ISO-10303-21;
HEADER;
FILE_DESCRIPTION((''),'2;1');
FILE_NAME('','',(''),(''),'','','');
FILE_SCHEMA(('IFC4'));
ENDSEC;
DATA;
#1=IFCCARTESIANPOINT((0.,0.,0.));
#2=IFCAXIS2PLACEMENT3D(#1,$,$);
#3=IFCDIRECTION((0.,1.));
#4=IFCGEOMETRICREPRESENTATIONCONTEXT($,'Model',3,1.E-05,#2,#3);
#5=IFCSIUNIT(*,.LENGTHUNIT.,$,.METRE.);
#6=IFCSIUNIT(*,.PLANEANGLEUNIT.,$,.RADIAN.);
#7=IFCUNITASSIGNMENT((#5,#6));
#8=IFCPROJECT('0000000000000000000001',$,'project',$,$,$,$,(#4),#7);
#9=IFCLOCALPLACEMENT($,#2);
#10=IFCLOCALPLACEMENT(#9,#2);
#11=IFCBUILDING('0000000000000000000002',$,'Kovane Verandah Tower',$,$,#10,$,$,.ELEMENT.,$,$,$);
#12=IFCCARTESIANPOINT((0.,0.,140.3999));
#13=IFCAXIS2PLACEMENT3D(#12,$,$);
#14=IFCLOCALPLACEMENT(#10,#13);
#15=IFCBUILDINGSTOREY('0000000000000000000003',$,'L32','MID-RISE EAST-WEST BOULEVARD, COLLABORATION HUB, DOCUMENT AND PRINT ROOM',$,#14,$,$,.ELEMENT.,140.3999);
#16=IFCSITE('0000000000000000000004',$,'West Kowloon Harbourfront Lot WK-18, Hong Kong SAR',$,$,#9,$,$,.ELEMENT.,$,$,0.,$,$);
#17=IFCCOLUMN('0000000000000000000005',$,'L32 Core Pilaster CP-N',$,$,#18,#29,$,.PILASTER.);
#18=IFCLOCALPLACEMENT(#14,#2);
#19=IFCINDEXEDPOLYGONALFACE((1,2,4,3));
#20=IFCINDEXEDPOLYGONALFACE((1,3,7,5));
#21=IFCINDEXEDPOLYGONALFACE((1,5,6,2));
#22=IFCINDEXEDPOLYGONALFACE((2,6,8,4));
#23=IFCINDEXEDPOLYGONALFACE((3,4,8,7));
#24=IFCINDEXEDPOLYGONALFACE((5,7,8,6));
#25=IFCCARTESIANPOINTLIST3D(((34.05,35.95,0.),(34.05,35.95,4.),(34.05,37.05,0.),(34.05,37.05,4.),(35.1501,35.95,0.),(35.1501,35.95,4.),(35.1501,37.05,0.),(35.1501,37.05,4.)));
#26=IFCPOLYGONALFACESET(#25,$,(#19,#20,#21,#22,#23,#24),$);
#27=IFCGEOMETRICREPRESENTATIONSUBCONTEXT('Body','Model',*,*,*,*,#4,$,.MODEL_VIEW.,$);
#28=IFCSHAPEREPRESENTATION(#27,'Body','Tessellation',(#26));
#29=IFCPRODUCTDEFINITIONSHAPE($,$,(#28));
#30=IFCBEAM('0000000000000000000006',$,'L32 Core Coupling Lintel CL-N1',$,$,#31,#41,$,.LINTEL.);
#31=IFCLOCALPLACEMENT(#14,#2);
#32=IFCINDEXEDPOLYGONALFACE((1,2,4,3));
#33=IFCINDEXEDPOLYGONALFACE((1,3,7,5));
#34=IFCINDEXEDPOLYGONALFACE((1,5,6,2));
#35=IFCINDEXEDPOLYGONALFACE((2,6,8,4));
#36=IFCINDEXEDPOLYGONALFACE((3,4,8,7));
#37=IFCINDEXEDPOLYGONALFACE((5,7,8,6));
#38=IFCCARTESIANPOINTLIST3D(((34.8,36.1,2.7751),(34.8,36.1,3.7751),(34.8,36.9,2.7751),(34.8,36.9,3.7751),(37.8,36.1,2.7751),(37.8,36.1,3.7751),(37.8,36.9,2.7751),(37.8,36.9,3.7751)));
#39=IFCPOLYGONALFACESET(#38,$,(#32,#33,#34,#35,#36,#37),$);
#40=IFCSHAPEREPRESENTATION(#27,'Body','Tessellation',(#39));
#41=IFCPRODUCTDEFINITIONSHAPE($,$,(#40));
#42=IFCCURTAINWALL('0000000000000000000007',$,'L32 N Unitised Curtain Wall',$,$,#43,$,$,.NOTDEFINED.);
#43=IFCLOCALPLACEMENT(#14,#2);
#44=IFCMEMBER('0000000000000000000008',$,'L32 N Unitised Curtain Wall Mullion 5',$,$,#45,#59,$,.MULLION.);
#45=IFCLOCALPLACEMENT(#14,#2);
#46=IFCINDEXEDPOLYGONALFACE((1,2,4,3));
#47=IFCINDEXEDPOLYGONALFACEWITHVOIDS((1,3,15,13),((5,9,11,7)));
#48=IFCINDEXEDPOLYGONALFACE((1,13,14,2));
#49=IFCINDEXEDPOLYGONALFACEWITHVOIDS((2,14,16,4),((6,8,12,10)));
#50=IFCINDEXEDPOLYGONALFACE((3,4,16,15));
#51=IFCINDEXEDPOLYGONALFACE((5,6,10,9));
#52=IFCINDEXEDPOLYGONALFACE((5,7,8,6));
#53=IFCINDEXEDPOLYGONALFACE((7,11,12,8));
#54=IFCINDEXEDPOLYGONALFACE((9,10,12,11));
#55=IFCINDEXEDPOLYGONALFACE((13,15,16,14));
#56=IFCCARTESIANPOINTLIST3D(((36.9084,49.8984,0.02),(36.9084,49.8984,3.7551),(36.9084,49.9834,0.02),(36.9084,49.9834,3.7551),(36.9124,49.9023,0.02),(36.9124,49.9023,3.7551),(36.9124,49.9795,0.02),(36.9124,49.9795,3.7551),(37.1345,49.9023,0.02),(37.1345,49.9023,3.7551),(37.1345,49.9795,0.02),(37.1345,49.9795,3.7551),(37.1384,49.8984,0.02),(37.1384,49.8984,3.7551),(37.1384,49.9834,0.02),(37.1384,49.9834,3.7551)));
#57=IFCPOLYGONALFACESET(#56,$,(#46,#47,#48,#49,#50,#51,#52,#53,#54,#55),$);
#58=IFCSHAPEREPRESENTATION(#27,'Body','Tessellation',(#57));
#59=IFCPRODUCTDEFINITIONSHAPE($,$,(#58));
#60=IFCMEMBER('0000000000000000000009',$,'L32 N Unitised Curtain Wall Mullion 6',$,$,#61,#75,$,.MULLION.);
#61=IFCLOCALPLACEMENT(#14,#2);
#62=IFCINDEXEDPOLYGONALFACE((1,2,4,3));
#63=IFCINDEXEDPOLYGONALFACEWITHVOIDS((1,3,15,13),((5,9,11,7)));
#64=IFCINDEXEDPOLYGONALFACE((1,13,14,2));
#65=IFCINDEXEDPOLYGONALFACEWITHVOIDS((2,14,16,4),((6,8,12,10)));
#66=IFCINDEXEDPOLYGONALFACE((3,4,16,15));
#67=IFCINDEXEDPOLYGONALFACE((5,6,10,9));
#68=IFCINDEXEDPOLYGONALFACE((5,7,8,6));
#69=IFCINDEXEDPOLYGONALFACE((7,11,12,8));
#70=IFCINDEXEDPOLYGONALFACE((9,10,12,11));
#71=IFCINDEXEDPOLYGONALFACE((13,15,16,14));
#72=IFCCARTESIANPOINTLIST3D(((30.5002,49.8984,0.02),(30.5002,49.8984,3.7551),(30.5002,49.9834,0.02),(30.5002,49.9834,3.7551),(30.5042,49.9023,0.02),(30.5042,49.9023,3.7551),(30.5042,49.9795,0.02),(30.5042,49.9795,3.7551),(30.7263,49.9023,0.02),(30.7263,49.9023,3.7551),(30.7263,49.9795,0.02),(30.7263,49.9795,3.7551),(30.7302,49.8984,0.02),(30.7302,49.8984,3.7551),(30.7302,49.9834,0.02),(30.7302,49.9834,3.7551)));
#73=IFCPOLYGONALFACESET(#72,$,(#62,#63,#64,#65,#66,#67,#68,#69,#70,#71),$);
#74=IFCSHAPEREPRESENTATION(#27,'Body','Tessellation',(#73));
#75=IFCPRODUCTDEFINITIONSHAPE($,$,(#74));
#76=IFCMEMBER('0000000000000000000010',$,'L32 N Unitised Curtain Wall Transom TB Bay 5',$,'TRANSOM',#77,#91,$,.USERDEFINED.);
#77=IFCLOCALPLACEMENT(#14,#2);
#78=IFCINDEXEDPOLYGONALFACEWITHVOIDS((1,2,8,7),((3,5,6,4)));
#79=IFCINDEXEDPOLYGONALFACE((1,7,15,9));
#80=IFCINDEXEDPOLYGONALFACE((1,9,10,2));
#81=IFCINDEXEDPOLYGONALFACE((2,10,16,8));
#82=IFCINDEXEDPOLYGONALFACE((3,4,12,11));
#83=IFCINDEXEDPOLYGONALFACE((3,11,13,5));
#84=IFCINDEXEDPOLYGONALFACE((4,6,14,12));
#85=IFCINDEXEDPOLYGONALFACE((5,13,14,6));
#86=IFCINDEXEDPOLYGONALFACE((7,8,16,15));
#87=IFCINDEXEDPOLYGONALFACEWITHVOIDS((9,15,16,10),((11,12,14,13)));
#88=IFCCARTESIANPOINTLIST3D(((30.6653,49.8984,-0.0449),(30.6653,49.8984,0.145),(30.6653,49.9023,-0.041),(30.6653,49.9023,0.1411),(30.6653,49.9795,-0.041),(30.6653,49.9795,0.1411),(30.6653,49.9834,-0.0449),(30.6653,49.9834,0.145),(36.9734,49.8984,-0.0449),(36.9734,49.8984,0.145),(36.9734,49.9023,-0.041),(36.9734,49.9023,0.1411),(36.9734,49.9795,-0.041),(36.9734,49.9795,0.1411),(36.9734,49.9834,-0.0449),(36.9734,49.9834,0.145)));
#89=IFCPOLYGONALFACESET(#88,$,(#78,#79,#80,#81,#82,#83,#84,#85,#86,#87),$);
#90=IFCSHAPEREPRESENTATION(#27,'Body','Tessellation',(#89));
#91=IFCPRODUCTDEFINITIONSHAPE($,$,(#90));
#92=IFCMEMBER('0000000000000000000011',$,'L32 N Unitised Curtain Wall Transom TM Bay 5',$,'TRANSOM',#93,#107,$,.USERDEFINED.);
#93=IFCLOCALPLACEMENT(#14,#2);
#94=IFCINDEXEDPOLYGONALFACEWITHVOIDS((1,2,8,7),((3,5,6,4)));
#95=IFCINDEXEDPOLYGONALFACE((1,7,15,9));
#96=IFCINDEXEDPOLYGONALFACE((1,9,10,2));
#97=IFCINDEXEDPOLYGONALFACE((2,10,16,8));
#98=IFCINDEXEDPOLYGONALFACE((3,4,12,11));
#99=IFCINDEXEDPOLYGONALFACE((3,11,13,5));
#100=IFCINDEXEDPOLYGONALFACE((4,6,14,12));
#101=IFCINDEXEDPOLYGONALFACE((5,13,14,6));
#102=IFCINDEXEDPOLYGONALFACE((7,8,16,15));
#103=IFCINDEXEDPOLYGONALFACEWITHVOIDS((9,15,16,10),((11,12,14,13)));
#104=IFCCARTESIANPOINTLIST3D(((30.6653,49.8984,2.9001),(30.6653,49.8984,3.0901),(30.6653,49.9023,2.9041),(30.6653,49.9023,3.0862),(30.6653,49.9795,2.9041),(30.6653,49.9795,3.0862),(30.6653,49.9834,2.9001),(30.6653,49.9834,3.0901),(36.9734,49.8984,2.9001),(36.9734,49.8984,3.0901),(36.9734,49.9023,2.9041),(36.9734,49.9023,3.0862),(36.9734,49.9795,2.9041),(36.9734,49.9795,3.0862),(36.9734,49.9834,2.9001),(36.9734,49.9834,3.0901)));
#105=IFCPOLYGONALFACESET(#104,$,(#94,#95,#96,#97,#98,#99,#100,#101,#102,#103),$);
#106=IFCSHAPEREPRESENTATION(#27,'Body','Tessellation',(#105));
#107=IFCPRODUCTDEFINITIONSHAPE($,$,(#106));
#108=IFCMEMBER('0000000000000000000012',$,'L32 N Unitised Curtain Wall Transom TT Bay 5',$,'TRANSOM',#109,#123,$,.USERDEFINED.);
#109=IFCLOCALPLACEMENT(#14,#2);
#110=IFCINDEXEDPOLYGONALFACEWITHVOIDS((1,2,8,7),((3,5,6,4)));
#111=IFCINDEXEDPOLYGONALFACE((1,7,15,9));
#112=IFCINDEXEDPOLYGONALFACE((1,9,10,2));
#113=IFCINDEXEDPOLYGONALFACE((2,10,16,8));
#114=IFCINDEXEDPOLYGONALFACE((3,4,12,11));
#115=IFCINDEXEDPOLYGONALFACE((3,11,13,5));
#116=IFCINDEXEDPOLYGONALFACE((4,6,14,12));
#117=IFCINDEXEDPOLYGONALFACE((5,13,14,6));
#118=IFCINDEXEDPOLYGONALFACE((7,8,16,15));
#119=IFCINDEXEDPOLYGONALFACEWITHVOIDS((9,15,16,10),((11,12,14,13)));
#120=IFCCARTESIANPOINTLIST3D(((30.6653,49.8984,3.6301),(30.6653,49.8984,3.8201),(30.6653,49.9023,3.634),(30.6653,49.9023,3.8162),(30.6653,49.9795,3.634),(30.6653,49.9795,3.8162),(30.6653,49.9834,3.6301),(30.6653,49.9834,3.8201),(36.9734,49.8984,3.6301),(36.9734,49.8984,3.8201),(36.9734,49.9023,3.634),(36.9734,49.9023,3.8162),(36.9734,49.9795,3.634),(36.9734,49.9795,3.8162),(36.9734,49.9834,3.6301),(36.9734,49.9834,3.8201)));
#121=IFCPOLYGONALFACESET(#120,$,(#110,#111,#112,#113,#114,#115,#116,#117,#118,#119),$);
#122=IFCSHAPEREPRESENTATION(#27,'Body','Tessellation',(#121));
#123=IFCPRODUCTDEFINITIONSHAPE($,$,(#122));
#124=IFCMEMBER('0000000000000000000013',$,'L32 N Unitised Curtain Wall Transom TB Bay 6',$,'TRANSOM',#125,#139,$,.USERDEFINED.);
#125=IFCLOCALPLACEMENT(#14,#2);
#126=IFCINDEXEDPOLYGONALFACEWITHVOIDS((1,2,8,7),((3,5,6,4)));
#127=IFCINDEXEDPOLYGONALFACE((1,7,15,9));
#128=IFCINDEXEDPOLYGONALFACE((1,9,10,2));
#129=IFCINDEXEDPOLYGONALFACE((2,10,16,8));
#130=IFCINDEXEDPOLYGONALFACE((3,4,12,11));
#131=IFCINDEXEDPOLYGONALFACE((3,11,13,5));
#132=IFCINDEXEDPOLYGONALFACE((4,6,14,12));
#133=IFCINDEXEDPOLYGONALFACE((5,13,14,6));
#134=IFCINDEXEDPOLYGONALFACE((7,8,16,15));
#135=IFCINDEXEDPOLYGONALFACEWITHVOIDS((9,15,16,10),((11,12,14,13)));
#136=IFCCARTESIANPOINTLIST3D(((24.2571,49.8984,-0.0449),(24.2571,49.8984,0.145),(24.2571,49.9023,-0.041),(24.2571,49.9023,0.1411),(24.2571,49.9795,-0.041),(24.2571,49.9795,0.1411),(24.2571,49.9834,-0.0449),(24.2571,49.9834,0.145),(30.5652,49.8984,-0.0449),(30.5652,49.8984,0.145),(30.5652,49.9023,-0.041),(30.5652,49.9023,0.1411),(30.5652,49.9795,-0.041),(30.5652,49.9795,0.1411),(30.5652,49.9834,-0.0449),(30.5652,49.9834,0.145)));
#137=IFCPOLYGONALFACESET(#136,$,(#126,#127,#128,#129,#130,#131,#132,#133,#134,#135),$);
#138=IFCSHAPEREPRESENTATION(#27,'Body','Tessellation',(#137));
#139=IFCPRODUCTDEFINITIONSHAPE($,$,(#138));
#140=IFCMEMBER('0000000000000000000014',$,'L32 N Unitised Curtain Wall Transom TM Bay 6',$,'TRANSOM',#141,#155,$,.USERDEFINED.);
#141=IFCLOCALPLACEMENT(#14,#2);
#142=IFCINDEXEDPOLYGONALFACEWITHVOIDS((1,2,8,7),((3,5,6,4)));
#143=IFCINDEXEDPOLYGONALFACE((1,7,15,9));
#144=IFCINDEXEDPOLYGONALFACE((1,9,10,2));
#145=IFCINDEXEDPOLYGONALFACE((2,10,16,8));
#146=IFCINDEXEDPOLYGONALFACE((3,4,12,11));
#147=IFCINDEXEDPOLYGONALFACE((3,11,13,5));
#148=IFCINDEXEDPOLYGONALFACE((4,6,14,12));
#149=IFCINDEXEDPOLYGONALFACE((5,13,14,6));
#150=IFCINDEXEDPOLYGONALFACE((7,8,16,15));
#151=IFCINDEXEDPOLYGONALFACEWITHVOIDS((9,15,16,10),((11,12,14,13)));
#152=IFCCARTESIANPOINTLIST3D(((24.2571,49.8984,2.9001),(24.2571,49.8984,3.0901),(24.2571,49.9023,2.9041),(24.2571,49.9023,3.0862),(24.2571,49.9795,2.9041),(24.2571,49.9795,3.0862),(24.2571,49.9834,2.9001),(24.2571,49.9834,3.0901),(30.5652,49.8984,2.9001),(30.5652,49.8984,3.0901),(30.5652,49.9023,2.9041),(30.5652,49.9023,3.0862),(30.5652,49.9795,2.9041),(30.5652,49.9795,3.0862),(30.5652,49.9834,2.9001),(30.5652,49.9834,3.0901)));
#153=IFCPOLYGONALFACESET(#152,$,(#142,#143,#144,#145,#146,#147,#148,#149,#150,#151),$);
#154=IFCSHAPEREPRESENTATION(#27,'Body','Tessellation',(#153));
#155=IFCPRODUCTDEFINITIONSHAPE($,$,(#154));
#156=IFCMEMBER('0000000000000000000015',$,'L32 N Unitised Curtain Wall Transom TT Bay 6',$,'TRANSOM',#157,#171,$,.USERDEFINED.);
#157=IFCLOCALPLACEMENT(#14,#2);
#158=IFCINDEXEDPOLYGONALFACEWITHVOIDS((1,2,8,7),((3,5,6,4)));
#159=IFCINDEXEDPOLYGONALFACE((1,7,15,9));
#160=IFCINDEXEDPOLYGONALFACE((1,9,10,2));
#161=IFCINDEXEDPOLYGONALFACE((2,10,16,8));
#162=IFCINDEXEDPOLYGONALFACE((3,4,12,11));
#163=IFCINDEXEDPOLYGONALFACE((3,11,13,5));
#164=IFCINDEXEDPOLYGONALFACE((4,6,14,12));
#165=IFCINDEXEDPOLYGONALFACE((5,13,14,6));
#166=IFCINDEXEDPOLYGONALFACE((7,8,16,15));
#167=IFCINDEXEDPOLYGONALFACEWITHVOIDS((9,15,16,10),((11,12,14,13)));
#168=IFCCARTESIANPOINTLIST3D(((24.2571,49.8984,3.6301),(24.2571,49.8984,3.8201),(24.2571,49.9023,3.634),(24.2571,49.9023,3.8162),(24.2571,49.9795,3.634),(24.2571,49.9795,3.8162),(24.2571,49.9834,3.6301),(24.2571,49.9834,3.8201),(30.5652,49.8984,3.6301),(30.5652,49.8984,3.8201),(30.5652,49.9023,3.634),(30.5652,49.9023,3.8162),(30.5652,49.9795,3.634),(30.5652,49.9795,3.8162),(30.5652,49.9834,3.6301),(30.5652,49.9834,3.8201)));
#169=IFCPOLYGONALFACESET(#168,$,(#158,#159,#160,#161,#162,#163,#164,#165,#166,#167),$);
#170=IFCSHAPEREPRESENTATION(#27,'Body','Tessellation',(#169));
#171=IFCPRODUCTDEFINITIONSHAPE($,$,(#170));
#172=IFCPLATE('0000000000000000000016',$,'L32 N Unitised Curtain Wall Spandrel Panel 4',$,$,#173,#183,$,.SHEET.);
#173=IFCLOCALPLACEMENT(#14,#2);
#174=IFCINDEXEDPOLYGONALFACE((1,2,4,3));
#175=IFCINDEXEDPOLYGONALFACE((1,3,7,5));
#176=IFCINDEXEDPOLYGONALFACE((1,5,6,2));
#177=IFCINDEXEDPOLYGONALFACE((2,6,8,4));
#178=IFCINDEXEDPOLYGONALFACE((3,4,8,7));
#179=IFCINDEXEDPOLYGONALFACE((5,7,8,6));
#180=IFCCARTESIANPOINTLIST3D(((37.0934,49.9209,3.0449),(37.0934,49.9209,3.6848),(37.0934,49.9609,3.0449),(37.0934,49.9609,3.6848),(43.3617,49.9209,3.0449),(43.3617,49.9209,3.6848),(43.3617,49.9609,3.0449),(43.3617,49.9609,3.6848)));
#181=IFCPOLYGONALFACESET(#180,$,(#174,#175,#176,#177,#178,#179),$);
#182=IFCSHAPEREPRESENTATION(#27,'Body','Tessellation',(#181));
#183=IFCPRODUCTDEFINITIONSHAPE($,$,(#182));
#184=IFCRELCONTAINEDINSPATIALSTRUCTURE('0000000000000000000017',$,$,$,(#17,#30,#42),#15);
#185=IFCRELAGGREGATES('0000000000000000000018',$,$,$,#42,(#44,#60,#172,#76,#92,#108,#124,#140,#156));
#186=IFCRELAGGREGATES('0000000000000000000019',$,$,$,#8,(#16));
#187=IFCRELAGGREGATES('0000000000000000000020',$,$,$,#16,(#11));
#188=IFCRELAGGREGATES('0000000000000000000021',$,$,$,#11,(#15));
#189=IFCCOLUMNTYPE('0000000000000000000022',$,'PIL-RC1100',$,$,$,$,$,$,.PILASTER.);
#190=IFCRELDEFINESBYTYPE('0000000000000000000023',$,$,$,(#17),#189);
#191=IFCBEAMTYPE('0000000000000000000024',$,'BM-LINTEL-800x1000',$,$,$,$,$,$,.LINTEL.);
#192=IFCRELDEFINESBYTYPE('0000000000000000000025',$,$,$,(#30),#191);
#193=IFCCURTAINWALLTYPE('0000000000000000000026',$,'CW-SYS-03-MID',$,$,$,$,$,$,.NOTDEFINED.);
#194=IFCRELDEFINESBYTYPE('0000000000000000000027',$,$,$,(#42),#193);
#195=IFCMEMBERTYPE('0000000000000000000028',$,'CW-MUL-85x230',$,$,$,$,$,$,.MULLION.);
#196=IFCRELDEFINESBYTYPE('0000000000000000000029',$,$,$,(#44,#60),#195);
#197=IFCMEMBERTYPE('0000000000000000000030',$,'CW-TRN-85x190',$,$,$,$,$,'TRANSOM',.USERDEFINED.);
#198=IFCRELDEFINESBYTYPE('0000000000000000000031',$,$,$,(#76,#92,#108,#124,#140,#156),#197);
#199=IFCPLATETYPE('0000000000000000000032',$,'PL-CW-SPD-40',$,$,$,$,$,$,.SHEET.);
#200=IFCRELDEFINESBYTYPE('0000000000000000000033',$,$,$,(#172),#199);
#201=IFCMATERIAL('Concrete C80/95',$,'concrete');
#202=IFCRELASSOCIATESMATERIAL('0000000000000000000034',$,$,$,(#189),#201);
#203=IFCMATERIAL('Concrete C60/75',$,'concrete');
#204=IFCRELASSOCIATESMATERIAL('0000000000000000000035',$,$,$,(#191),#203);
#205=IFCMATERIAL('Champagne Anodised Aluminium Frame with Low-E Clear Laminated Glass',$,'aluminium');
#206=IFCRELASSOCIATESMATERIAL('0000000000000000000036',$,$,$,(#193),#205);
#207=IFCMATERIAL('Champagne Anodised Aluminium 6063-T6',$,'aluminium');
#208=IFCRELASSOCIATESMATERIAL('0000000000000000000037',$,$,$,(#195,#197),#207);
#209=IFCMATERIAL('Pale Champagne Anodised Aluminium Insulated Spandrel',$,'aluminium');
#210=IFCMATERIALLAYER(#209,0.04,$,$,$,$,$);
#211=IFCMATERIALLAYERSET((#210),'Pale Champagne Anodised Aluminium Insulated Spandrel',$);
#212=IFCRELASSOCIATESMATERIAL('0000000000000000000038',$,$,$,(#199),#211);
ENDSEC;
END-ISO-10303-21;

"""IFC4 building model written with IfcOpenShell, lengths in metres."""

from ifc_helpers import new_model, si_unit, direction, frame, origin, origin_2d, place, context, subcontext, project, spatial, rectangle, hollow_rectangle, extrude, material, layer, layer_set, material_profile, profile_set, type_object, element, aggregate, save


model = new_model("IFC4")

# Units and contexts
model_context = context("Model", 3, precision=1e-05, world=origin(), true_north=direction((0.0, 1.0)))
body_context = subcontext(model_context, "Body", "Model", "MODEL_VIEW")
ifc_project = project(units=[si_unit("LENGTHUNIT", "METRE"), si_unit("PLANEANGLEUNIT", "RADIAN")], contexts=[model_context])

# Site, building, storey
site_placement = place(None, origin())
site = spatial("IfcSite", under=ifc_project, at=site_placement, Name="West Kowloon Harbourfront Lot WK-18, Hong Kong SAR", CompositionType="ELEMENT", RefElevation=0.0)
building_placement = place(site_placement, origin())
building = spatial("IfcBuilding", under=site, at=building_placement, Name="Kovane Verandah Tower", CompositionType="ELEMENT")
storey_placement = place(building_placement, frame((0.0, 0.0, 140.3999)))
storey = spatial("IfcBuildingStorey", under=building, at=storey_placement, Name="L32", Description="MID-RISE EAST-WEST BOULEVARD, COLLABORATION HUB, DOCUMENT AND PRINT ROOM", CompositionType="ELEMENT", Elevation=140.3999)

# Column
ifc_material_1 = material(Name="Concrete C80/95", Category="concrete")
ifc_material_profile_1 = material_profile(ifc_material_1, rectangle(XDim=1.1001, YDim=1.1001, at=origin_2d()), Name="RC1100x1100")
ifc_profile_set_1 = profile_set([ifc_material_profile_1], Name="Concrete C80/95")
column_type = type_object("IfcColumnType", Name="PIL-RC1100", PredefinedType="PILASTER", material=ifc_profile_set_1)
column_placement = place(storey_placement, frame((34.6001, 36.5, 0.0), z_axis=(0.0, 0.0, 1.0), x_axis=(1.0, 0.0, 0.0)))
element("IfcColumn", 1, at=column_placement, inside=storey, type_object=column_type, Name="L32 Core Pilaster CP-N", PredefinedType="PILASTER", context=body_context, shape_type="SweptSolid", body=[
    extrude(rectangle(XDim=1.1001, YDim=1.1001, at=origin_2d()), origin(), (0.0, 0.0, 1.0), 4.0),
])

# Beam
ifc_material_2 = material(Name="Concrete C60/75", Category="concrete")
ifc_material_profile_2 = material_profile(ifc_material_2, rectangle(XDim=0.8, YDim=1.0, at=origin_2d()), Name="RCB800x1000")
ifc_profile_set_2 = profile_set([ifc_material_profile_2], Name="Concrete C60/75")
beam_type = type_object("IfcBeamType", Name="BM-LINTEL-800x1000", PredefinedType="LINTEL", material=ifc_profile_set_2)
beam_placement = place(storey_placement, frame((34.8, 36.5, 3.2751), z_axis=(1.0, 0.0, 0.0), x_axis=(0.0, 1.0, 0.0)))
element("IfcBeam", 2, at=beam_placement, inside=storey, type_object=beam_type, Name="L32 Core Coupling Lintel CL-N1", PredefinedType="LINTEL", context=body_context, shape_type="SweptSolid", body=[
    extrude(rectangle(XDim=0.8, YDim=1.0, at=origin_2d()), origin(), (0.0, 0.0, 1.0), 3.0),
])

# Curtain wall, members, plate
ifc_material_3 = material(Name="Champagne Anodised Aluminium Frame with Low-E Clear Laminated Glass", Category="aluminium")
curtain_wall_type = type_object("IfcCurtainWallType", Name="CW-SYS-03-MID", PredefinedType="NOTDEFINED", material=ifc_material_3)
curtain_wall_placement = place(storey_placement, origin())
curtain_wall = element("IfcCurtainWall", 3, at=curtain_wall_placement, inside=storey, type_object=curtain_wall_type, Name="L32 N Unitised Curtain Wall", PredefinedType="NOTDEFINED")
ifc_material_4 = material(Name="Champagne Anodised Aluminium 6063-T6", Category="aluminium")
ifc_material_profile_3 = material_profile(ifc_material_4, hollow_rectangle(XDim=0.085, YDim=0.23, WallThickness=0.0039, at=origin_2d()), Name="AL85x230x4")
ifc_profile_set_3 = profile_set([ifc_material_profile_3], Name="Champagne Anodised Aluminium 6063-T6")
member_type_1 = type_object("IfcMemberType", Name="CW-MUL-85x230", PredefinedType="MULLION", material=ifc_profile_set_3)
member_1_placement = place(storey_placement, frame((37.0234, 49.9409, 0.02), z_axis=(0.0, 0.0, 1.0), x_axis=(0.0, 1.0, 0.0)))
member_1 = element("IfcMember", 4, at=member_1_placement, type_object=member_type_1, Name="L32 N Unitised Curtain Wall Mullion 5", PredefinedType="MULLION", context=body_context, shape_type="SweptSolid", body=[
    extrude(hollow_rectangle(XDim=0.085, YDim=0.23, WallThickness=0.0039, at=origin_2d()), origin(), (0.0, 0.0, 1.0), 3.7351),
])
member_2_placement = place(storey_placement, frame((30.6152, 49.9409, 0.02), z_axis=(0.0, 0.0, 1.0), x_axis=(0.0, 1.0, 0.0)))
member_2 = element("IfcMember", 5, at=member_2_placement, type_object=member_type_1, Name="L32 N Unitised Curtain Wall Mullion 6", PredefinedType="MULLION", context=body_context, shape_type="SweptSolid", body=[
    extrude(hollow_rectangle(XDim=0.085, YDim=0.23, WallThickness=0.0039, at=origin_2d()), origin(), (0.0, 0.0, 1.0), 3.7351),
])
ifc_material_profile_4 = material_profile(ifc_material_4, hollow_rectangle(XDim=0.085, YDim=0.1899, WallThickness=0.0039, at=origin_2d()), Name="AL85x190x4")
ifc_profile_set_4 = profile_set([ifc_material_profile_4], Name="Champagne Anodised Aluminium 6063-T6")
member_type_2 = type_object("IfcMemberType", Name="CW-TRN-85x190", ElementType="TRANSOM", PredefinedType="USERDEFINED", material=ifc_profile_set_4)
member_3_placement = place(storey_placement, frame((36.9734, 49.9409, 0.05), z_axis=(-1.0, 0.0, 0.0), x_axis=(0.0, -1.0, 0.0)))
member_3 = element("IfcMember", 6, at=member_3_placement, type_object=member_type_2, Name="L32 N Unitised Curtain Wall Transom TB Bay 5", ObjectType="TRANSOM", PredefinedType="USERDEFINED", context=body_context, shape_type="SweptSolid", body=[
    extrude(hollow_rectangle(XDim=0.085, YDim=0.1899, WallThickness=0.0039, at=origin_2d()), origin(), (0.0, 0.0, 1.0), 6.3081),
])
member_4_placement = place(storey_placement, frame((36.9734, 49.9409, 2.9951), z_axis=(-1.0, 0.0, 0.0), x_axis=(0.0, -1.0, 0.0)))
member_4 = element("IfcMember", 7, at=member_4_placement, type_object=member_type_2, Name="L32 N Unitised Curtain Wall Transom TM Bay 5", ObjectType="TRANSOM", PredefinedType="USERDEFINED", context=body_context, shape_type="SweptSolid", body=[
    extrude(hollow_rectangle(XDim=0.085, YDim=0.1899, WallThickness=0.0039, at=origin_2d()), origin(), (0.0, 0.0, 1.0), 6.3081),
])
member_5_placement = place(storey_placement, frame((36.9734, 49.9409, 3.7251), z_axis=(-1.0, 0.0, 0.0), x_axis=(0.0, -1.0, 0.0)))
member_5 = element("IfcMember", 8, at=member_5_placement, type_object=member_type_2, Name="L32 N Unitised Curtain Wall Transom TT Bay 5", ObjectType="TRANSOM", PredefinedType="USERDEFINED", context=body_context, shape_type="SweptSolid", body=[
    extrude(hollow_rectangle(XDim=0.085, YDim=0.1899, WallThickness=0.0039, at=origin_2d()), origin(), (0.0, 0.0, 1.0), 6.3081),
])
member_6_placement = place(storey_placement, frame((30.5652, 49.9409, 0.05), z_axis=(-1.0, 0.0, 0.0), x_axis=(0.0, -1.0, 0.0)))
member_6 = element("IfcMember", 9, at=member_6_placement, type_object=member_type_2, Name="L32 N Unitised Curtain Wall Transom TB Bay 6", ObjectType="TRANSOM", PredefinedType="USERDEFINED", context=body_context, shape_type="SweptSolid", body=[
    extrude(hollow_rectangle(XDim=0.085, YDim=0.1899, WallThickness=0.0039, at=origin_2d()), origin(), (0.0, 0.0, 1.0), 6.3081),
])
member_7_placement = place(storey_placement, frame((30.5652, 49.9409, 2.9951), z_axis=(-1.0, 0.0, 0.0), x_axis=(0.0, -1.0, 0.0)))
member_7 = element("IfcMember", 10, at=member_7_placement, type_object=member_type_2, Name="L32 N Unitised Curtain Wall Transom TM Bay 6", ObjectType="TRANSOM", PredefinedType="USERDEFINED", context=body_context, shape_type="SweptSolid", body=[
    extrude(hollow_rectangle(XDim=0.085, YDim=0.1899, WallThickness=0.0039, at=origin_2d()), origin(), (0.0, 0.0, 1.0), 6.3081),
])
member_8_placement = place(storey_placement, frame((30.5652, 49.9409, 3.7251), z_axis=(-1.0, 0.0, 0.0), x_axis=(0.0, -1.0, 0.0)))
member_8 = element("IfcMember", 11, at=member_8_placement, type_object=member_type_2, Name="L32 N Unitised Curtain Wall Transom TT Bay 6", ObjectType="TRANSOM", PredefinedType="USERDEFINED", context=body_context, shape_type="SweptSolid", body=[
    extrude(hollow_rectangle(XDim=0.085, YDim=0.1899, WallThickness=0.0039, at=origin_2d()), origin(), (0.0, 0.0, 1.0), 6.3081),
])
ifc_material_5 = material(Name="Pale Champagne Anodised Aluminium Insulated Spandrel", Category="aluminium")
ifc_layer_1 = layer(ifc_material_5, 0.04)
ifc_layer_set_1 = layer_set([ifc_layer_1], Name="Pale Champagne Anodised Aluminium Insulated Spandrel")
plate_type_1 = type_object("IfcPlateType", Name="PL-CW-SPD-40", PredefinedType="SHEET", material=ifc_layer_set_1)
plate_1_placement = place(storey_placement, frame((40.2275, 49.9409, 3.0449), z_axis=(0.0, 0.0, 1.0), x_axis=(-1.0, 0.0, 0.0)))
plate_1 = element("IfcPlate", 12, at=plate_1_placement, type_object=plate_type_1, Name="L32 N Unitised Curtain Wall Spandrel Panel 4", PredefinedType="SHEET", context=body_context, shape_type="SweptSolid", body=[
    extrude(rectangle(XDim=6.2683, YDim=0.04, at=origin_2d()), origin(), (0.0, 0.0, 1.0), 0.6399),
])
aggregate(curtain_wall, [member_1, member_2, plate_1, member_3, member_4, member_5, member_6, member_7, member_8])

save(model, "model.ifc")
